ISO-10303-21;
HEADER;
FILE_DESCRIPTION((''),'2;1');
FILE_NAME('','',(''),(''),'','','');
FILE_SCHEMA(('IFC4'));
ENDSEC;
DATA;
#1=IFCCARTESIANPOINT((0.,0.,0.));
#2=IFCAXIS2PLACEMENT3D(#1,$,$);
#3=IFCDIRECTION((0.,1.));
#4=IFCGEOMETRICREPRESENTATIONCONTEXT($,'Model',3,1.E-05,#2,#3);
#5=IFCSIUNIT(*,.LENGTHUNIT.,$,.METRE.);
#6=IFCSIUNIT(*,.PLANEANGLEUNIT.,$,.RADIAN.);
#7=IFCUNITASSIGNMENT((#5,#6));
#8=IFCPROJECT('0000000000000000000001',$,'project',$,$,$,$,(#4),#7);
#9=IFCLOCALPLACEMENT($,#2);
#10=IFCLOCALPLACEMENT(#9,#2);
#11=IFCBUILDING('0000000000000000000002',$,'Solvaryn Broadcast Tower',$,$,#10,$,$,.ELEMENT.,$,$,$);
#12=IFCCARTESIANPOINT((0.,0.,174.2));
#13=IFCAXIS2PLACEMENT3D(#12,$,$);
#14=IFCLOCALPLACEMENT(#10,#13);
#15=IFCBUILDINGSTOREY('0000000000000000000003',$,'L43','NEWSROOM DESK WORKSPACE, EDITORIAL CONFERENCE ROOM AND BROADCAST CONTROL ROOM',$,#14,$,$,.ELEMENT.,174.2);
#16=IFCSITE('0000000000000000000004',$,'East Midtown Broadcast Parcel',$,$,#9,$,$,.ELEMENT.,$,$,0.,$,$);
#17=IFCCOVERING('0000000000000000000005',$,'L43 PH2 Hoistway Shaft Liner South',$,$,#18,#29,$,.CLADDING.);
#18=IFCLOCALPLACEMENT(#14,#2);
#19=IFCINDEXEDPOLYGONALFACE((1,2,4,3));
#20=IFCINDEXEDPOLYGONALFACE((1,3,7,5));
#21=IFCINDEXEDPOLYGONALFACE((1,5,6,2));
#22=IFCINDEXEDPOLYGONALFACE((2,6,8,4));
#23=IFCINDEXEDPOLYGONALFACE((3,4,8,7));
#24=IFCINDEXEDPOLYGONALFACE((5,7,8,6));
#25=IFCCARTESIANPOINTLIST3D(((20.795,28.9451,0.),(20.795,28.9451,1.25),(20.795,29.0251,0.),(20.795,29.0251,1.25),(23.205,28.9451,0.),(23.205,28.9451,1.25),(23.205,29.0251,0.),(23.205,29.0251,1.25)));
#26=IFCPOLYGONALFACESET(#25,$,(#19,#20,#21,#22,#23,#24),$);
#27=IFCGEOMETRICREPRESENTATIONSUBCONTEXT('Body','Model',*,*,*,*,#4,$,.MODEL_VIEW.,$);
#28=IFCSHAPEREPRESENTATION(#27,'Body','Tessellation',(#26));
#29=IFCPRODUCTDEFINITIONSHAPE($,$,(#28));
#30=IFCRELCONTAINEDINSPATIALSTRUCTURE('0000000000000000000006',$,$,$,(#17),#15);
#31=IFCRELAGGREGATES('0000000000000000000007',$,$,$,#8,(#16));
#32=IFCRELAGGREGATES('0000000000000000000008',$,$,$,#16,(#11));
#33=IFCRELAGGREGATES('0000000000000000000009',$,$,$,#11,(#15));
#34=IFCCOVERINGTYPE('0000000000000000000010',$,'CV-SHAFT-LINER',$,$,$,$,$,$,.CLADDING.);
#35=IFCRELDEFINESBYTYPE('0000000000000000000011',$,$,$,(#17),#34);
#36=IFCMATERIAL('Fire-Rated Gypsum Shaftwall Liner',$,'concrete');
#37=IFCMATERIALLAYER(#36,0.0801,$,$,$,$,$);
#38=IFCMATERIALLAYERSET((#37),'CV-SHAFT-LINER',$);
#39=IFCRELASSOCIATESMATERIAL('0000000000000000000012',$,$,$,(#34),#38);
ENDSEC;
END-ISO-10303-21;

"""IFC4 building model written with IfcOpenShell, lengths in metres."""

from ifc_helpers import new_model, si_unit, direction, frame, origin, origin_2d, place, context, subcontext, project, spatial, rectangle, extrude, material, layer, layer_set, type_object, element, save


model = new_model("IFC4")

# Units and contexts
model_context = context("Model", 3, precision=1e-05, world=origin(), true_north=direction((0.0, 1.0)))
body_context = subcontext(model_context, "Body", "Model", "MODEL_VIEW")
ifc_project = project(units=[si_unit("LENGTHUNIT", "METRE"), si_unit("PLANEANGLEUNIT", "RADIAN")], contexts=[model_context])

# Site, building, storey
site_placement = place(None, origin())
site = spatial("IfcSite", under=ifc_project, at=site_placement, Name="East Midtown Broadcast Parcel", CompositionType="ELEMENT", RefElevation=0.0)
building_placement = place(site_placement, origin())
building = spatial("IfcBuilding", under=site, at=building_placement, Name="Solvaryn Broadcast Tower", CompositionType="ELEMENT")
storey_placement = place(building_placement, frame((0.0, 0.0, 174.2)))
storey = spatial("IfcBuildingStorey", under=building, at=storey_placement, Name="L43", Description="NEWSROOM DESK WORKSPACE, EDITORIAL CONFERENCE ROOM AND BROADCAST CONTROL ROOM", CompositionType="ELEMENT", Elevation=174.2)

# Covering
ifc_material_1 = material(Name="Fire-Rated Gypsum Shaftwall Liner", Category="concrete")
ifc_layer_1 = layer(ifc_material_1, 0.0801)
ifc_layer_set_1 = layer_set([ifc_layer_1], Name="CV-SHAFT-LINER")
covering_type = type_object("IfcCoveringType", Name="CV-SHAFT-LINER", PredefinedType="CLADDING", material=ifc_layer_set_1)
for number, where, z_axis, x_axis, name in (
    (1, (22.0, 28.9851, 0.0), (0.0, 0.0, 1.0), (1.0, 0.0, 0.0), "L43 PH2 Hoistway Shaft Liner South"),
):
    element("IfcCovering", number, at=place(storey_placement, frame(where, z_axis=z_axis, x_axis=x_axis)), inside=storey, type_object=covering_type, Name=name, PredefinedType="CLADDING", context=body_context, shape_type="SweptSolid", body=[
        extrude(rectangle(XDim=2.4099, YDim=0.0801, at=origin_2d()), origin(), (0.0, 0.0, 1.0), 1.25),
    ])

save(model, "model.ifc")
